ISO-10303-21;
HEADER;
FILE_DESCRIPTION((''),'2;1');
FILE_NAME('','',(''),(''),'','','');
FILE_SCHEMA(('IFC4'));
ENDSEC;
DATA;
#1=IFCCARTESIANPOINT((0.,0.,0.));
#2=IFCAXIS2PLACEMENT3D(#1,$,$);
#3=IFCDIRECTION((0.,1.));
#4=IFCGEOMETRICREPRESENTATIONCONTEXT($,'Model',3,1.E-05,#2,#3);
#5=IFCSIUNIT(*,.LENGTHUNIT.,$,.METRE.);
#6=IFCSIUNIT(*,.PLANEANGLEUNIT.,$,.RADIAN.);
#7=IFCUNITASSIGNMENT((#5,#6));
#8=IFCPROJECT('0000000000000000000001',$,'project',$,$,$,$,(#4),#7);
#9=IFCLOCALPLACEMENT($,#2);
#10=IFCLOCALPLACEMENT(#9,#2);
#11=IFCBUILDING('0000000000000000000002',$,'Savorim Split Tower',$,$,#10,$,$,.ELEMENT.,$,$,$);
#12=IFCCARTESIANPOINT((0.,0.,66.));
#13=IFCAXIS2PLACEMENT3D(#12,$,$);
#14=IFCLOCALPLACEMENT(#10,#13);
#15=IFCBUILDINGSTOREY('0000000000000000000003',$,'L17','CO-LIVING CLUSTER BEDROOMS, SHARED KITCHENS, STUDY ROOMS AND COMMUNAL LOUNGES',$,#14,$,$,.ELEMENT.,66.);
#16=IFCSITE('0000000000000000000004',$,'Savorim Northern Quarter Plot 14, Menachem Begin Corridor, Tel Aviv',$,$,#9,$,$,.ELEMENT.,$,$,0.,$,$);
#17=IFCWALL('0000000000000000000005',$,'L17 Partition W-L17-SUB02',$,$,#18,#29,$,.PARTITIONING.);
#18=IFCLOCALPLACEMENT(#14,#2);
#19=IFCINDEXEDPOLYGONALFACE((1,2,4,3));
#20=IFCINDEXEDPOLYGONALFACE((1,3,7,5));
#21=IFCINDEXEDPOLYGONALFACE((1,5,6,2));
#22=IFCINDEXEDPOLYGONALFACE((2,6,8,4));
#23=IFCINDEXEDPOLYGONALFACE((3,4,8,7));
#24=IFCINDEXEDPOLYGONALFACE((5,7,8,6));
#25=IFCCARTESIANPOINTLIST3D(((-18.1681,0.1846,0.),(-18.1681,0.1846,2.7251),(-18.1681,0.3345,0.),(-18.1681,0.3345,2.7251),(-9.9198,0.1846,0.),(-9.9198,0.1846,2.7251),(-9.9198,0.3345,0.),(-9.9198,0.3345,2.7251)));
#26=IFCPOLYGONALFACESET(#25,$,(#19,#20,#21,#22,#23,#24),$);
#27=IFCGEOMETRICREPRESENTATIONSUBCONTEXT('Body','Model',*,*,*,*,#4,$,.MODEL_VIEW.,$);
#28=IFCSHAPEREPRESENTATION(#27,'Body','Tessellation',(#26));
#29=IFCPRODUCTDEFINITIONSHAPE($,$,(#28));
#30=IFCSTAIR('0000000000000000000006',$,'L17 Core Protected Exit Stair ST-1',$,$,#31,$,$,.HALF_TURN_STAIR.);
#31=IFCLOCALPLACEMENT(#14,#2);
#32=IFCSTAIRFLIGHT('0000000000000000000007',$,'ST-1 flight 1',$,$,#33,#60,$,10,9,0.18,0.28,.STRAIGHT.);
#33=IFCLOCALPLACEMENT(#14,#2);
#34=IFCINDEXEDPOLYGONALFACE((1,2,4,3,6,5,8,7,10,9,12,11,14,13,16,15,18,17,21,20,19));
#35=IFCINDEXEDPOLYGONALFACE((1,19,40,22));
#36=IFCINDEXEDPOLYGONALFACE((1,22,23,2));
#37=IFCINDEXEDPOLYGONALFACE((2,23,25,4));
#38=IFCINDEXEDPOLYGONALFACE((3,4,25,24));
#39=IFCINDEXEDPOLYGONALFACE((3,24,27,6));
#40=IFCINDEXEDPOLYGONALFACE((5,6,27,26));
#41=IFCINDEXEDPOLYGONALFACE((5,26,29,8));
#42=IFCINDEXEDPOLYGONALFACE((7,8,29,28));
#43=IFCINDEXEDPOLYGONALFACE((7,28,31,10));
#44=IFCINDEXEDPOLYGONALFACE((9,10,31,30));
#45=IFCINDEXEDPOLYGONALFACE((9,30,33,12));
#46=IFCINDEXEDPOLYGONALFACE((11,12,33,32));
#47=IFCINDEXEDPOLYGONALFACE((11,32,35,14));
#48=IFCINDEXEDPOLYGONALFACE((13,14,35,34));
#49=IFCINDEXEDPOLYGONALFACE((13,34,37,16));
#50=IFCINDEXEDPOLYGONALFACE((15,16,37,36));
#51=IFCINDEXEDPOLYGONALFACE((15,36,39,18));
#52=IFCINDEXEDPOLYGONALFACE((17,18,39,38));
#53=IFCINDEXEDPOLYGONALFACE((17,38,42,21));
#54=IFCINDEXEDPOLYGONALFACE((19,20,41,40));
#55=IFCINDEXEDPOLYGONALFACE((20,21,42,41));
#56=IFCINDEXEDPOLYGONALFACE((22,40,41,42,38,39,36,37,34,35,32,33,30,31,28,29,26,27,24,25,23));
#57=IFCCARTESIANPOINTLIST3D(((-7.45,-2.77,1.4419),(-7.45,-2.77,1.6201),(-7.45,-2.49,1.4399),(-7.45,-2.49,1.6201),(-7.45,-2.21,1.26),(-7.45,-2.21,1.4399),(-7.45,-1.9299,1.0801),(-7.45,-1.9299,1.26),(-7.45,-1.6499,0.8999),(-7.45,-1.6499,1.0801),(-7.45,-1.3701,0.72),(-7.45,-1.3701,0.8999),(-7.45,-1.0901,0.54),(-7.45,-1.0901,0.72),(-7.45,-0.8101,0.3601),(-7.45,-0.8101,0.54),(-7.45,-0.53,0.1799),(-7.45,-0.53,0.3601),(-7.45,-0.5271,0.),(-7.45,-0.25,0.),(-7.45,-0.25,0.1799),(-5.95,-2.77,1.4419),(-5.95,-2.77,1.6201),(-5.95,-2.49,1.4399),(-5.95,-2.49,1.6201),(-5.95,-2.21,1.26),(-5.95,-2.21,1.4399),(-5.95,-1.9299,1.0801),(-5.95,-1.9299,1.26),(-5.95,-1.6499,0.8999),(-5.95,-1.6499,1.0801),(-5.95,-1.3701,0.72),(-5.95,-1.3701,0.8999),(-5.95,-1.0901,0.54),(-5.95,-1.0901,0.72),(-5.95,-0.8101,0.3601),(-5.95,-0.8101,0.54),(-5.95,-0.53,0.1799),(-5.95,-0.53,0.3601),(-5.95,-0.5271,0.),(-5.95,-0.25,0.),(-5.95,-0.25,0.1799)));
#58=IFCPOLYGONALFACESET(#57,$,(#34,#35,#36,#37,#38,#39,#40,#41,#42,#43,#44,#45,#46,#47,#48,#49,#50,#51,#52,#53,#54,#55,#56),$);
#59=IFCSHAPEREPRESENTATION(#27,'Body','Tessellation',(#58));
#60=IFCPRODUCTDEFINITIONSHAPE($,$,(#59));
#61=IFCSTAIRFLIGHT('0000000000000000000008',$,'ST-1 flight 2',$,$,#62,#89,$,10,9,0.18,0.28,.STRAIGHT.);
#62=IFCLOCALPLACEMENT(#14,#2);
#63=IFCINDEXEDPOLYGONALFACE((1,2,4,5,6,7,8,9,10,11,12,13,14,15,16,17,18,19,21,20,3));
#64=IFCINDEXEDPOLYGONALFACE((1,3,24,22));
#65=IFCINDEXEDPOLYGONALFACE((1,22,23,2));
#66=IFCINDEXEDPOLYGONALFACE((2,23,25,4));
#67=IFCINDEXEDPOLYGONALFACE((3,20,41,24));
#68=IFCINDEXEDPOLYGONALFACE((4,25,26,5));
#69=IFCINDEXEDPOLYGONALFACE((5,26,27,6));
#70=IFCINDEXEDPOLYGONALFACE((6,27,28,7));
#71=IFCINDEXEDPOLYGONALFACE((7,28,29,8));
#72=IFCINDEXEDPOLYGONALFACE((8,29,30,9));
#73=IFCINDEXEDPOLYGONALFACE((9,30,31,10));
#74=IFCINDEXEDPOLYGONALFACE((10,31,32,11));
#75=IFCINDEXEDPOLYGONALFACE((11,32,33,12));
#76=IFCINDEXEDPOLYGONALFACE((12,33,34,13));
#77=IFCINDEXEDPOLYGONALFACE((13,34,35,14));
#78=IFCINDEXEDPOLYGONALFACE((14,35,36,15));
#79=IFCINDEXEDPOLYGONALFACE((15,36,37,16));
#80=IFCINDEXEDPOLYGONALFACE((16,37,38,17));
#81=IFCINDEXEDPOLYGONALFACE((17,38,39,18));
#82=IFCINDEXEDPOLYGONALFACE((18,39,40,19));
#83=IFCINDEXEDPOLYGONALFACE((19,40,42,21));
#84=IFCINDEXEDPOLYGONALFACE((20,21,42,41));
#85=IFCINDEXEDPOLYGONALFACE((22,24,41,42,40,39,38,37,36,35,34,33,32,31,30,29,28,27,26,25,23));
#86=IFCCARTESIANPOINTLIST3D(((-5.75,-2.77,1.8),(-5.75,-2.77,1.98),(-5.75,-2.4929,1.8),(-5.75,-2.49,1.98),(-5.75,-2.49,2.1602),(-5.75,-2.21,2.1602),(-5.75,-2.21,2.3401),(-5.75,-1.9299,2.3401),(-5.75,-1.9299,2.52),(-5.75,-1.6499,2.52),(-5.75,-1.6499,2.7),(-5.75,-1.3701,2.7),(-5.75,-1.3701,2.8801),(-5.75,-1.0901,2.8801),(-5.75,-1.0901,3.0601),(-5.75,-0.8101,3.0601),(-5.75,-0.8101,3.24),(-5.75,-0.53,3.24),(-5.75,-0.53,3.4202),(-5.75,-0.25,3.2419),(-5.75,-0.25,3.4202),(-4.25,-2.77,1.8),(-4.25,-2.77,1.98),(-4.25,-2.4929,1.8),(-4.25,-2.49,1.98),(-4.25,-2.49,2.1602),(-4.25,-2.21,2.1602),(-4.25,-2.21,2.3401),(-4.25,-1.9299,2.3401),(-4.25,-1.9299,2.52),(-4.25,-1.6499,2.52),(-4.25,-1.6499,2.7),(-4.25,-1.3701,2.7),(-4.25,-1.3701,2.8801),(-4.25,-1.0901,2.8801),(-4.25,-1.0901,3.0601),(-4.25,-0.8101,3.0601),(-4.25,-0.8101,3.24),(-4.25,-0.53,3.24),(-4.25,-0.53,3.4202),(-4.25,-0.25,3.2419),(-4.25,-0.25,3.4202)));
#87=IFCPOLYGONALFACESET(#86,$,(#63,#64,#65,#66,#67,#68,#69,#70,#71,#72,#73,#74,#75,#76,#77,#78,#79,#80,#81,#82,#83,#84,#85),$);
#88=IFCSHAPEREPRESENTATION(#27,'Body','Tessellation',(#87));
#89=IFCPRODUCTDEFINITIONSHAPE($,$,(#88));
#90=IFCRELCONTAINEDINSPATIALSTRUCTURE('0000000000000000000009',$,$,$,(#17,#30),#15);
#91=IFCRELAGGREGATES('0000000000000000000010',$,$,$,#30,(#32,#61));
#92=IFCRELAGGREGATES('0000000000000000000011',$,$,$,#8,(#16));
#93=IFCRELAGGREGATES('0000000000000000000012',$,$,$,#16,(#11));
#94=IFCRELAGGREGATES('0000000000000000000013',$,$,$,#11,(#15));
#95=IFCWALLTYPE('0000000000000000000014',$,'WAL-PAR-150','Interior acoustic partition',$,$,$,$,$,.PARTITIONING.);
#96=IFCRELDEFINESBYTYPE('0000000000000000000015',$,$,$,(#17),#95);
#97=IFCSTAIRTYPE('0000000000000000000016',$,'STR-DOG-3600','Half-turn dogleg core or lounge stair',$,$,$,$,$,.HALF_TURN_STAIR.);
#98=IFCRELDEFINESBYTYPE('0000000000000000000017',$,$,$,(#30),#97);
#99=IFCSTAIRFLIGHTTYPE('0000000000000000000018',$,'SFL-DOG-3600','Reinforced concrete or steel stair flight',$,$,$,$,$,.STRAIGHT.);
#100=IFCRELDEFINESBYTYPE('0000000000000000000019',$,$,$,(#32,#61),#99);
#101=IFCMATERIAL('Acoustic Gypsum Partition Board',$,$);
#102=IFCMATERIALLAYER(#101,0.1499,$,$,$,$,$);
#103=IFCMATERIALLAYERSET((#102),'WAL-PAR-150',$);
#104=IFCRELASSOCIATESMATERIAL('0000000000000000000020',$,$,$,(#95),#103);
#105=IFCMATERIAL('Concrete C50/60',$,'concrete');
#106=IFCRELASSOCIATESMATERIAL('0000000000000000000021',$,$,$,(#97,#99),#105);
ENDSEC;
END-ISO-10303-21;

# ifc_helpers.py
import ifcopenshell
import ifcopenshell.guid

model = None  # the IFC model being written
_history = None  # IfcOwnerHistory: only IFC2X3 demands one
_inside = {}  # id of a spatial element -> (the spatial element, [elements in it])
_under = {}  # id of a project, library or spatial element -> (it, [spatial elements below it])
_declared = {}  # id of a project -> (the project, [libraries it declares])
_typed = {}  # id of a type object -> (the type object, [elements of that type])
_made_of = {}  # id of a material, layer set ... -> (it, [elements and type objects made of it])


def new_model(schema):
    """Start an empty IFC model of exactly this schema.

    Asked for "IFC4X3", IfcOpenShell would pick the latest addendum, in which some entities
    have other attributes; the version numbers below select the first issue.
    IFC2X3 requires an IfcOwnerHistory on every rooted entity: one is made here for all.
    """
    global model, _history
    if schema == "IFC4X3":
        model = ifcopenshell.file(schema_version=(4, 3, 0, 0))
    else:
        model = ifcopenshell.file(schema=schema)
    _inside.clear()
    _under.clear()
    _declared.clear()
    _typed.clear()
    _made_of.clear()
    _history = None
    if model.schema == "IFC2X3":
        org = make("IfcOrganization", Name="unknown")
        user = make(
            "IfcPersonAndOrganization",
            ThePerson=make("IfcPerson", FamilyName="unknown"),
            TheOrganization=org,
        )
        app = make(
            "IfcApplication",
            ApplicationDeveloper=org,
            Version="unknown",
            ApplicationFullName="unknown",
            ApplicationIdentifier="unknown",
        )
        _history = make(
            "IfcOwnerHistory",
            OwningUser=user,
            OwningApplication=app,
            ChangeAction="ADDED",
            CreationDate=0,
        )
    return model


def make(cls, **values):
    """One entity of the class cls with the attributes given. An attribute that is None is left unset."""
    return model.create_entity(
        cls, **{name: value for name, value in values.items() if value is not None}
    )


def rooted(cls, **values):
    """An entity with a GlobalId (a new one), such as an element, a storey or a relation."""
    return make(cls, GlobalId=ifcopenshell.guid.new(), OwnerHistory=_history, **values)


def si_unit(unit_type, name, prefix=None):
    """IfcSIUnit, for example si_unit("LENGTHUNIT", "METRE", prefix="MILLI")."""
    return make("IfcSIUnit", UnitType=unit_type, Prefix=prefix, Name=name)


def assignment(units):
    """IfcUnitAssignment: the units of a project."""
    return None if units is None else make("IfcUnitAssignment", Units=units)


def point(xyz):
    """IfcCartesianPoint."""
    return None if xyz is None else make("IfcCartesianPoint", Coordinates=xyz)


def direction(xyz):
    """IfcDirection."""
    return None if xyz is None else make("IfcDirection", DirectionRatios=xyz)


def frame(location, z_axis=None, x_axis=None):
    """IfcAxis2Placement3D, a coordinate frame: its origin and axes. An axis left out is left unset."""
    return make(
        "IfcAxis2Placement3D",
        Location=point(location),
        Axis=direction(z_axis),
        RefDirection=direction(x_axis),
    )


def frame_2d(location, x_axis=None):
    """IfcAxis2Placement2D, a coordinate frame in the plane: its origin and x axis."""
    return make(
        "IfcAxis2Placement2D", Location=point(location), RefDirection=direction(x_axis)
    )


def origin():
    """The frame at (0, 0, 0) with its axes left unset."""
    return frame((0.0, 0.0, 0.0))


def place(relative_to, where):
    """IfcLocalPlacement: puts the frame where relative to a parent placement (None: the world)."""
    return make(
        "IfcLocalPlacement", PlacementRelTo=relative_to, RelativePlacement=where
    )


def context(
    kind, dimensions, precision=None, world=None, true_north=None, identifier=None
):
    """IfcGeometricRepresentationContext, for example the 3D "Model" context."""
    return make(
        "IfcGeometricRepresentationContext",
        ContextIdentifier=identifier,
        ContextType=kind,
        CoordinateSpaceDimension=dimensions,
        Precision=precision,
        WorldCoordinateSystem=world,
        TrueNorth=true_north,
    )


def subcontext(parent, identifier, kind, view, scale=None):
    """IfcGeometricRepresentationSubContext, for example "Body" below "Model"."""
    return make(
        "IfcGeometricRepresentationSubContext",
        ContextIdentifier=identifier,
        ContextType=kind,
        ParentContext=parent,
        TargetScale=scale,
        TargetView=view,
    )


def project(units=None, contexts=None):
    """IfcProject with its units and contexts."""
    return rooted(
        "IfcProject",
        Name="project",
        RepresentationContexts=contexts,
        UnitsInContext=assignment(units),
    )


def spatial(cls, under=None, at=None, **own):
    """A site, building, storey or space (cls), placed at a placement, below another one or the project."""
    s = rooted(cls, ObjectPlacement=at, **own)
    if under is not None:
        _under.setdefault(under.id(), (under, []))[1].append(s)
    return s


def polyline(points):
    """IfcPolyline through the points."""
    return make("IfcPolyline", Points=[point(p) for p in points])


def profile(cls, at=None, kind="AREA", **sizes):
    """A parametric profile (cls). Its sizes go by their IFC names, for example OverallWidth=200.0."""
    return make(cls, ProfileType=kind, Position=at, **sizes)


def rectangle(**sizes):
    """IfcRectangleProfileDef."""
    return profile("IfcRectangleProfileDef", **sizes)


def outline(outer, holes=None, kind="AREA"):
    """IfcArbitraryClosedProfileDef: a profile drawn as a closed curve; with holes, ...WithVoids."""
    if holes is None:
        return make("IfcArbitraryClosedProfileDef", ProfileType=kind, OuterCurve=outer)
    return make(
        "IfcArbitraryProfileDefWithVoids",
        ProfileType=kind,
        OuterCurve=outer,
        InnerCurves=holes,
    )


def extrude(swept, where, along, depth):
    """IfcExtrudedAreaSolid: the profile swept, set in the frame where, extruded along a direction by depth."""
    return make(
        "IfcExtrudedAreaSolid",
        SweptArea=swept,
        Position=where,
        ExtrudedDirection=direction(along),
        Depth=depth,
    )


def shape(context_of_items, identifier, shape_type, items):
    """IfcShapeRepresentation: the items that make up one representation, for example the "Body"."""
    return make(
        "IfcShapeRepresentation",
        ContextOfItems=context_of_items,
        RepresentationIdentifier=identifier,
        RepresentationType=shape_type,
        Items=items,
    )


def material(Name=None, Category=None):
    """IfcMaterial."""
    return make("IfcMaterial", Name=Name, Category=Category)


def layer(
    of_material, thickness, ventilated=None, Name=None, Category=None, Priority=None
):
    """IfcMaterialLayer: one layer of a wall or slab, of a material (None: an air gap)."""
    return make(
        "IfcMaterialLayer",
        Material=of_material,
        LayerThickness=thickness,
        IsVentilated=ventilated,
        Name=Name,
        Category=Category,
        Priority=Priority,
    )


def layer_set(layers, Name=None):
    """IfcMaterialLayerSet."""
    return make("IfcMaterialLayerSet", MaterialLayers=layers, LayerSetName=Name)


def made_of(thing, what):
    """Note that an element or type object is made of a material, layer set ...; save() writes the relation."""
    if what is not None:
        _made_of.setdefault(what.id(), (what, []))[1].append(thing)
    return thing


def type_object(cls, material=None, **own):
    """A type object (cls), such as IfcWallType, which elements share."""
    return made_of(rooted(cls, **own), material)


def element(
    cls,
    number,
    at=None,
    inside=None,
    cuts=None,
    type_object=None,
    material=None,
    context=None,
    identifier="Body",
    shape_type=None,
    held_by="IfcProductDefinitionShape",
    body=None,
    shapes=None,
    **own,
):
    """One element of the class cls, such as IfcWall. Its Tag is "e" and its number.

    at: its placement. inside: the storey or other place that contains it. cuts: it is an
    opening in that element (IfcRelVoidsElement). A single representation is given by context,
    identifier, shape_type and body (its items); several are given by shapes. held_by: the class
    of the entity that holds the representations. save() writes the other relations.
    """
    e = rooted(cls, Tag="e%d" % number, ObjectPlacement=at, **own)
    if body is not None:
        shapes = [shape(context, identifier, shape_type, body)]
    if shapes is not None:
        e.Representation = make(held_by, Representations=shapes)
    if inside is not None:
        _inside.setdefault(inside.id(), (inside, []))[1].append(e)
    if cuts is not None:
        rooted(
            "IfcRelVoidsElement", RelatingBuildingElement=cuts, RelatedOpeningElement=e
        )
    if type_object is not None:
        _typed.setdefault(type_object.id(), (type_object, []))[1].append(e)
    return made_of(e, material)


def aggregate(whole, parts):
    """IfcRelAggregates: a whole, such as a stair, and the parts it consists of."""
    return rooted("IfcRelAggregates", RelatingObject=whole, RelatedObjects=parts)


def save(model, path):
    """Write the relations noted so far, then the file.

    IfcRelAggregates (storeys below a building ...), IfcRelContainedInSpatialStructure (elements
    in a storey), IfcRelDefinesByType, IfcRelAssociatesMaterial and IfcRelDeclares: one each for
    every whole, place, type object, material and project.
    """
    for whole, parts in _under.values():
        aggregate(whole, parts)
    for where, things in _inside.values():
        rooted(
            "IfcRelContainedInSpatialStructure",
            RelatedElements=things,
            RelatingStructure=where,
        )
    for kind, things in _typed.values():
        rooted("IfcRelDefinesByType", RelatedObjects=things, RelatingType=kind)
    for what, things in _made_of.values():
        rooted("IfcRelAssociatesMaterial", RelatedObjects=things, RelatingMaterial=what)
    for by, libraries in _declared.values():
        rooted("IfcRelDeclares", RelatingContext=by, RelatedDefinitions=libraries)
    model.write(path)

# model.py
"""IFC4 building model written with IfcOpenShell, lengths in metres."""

from ifc_helpers import new_model, si_unit, direction, frame, frame_2d, origin, place, context, subcontext, project, spatial, polyline, rectangle, outline, extrude, material, layer, layer_set, type_object, element, aggregate, save


model = new_model("IFC4")

# Units and contexts
model_context = context("Model", 3, precision=1e-05, world=origin(), true_north=direction((0.0, 1.0)))
body_context = subcontext(model_context, "Body", "Model", "MODEL_VIEW")
ifc_project = project(units=[si_unit("LENGTHUNIT", "METRE"), si_unit("PLANEANGLEUNIT", "RADIAN")], contexts=[model_context])

# Site, building, storey
site_placement = place(None, origin())
site = spatial("IfcSite", under=ifc_project, at=site_placement, Name="Savorim Northern Quarter Plot 14, Menachem Begin Corridor, Tel Aviv", CompositionType="ELEMENT", RefElevation=0.0)
building_placement = place(site_placement, origin())
building = spatial("IfcBuilding", under=site, at=building_placement, Name="Savorim Split Tower", CompositionType="ELEMENT")
storey_placement = place(building_placement, frame((0.0, 0.0, 66.0)))
storey = spatial("IfcBuildingStorey", under=building, at=storey_placement, Name="L17", Description="CO-LIVING CLUSTER BEDROOMS, SHARED KITCHENS, STUDY ROOMS AND COMMUNAL LOUNGES", CompositionType="ELEMENT", Elevation=66.0)

# Shared definitions
ifc_material_1 = material(Name="Concrete C50/60", Category="concrete")

# Wall
ifc_material_2 = material(Name="Acoustic Gypsum Partition Board")
ifc_layer_1 = layer(ifc_material_2, 0.1499)
ifc_layer_set_1 = layer_set([ifc_layer_1], Name="WAL-PAR-150")
wall_type_1 = type_object("IfcWallType", Name="WAL-PAR-150", Description="Interior acoustic partition", PredefinedType="PARTITIONING", material=ifc_layer_set_1)
wall_1_placement = place(storey_placement, frame((-9.9199, 0.2595, 0.0), z_axis=(0.0, 0.0, 1.0), x_axis=(-1.0, 0.0, 0.0)))
element("IfcWall", 1, at=wall_1_placement, inside=storey, type_object=wall_type_1, Name="L17 Partition W-L17-SUB02", PredefinedType="PARTITIONING", context=body_context, shape_type="SweptSolid", body=[
    extrude(rectangle(XDim=8.2483, YDim=0.1499, at=frame_2d((4.124, 0.0))), origin(), (0.0, 0.0, 1.0), 2.7251),
])

# Stair, stair flights
stair_type = type_object("IfcStairType", Name="STR-DOG-3600", Description="Half-turn dogleg core or lounge stair", PredefinedType="HALF_TURN_STAIR", material=ifc_material_1)
stair_placement = place(storey_placement, origin())
stair = element("IfcStair", 2, at=stair_placement, inside=storey, type_object=stair_type, Name="L17 Core Protected Exit Stair ST-1", PredefinedType="HALF_TURN_STAIR")
stair_flight_type = type_object("IfcStairFlightType", Name="SFL-DOG-3600", Description="Reinforced concrete or steel stair flight", PredefinedType="STRAIGHT", material=ifc_material_1)
stair_flight_1_placement = place(storey_placement, frame((-6.7, -0.25, 0.0), z_axis=(0.0, 0.0, 1.0), x_axis=(0.0, -1.0, 0.0)))
stair_flight_1 = element("IfcStairFlight", 3, at=stair_flight_1_placement, type_object=stair_flight_type, Name="ST-1 flight 1", NumberOfRisers=10, NumberOfTreads=9, PredefinedType="STRAIGHT", RiserHeight=0.18, TreadLength=0.28, context=body_context, shape_type="SweptSolid", body=[
    extrude(outline(polyline([(0.0, 0.0), (0.0, 0.1799), (0.28, 0.1799), (0.28, 0.3601), (0.5601, 0.3601), (0.5601, 0.54), (0.8401, 0.54), (0.8401, 0.72), (1.1201, 0.72), (1.1201, 0.8999), (1.3999, 0.8999), (1.3999, 1.0801), (1.6799, 1.0801), (1.6799, 1.26), (1.96, 1.26), (1.96, 1.4399), (2.24, 1.4399), (2.24, 1.6201), (2.52, 1.6201), (2.52, 1.8), (2.52, 1.4419), (0.2771, 0.0), (0.0, 0.0)])), frame((0.0, 0.75, 0.0), z_axis=(0.0, -1.0, 0.0), x_axis=(1.0, 0.0, 0.0)), (0.0, 0.0, 1.0), 1.5),
])
stair_flight_2_placement = place(storey_placement, frame((-5.0, -2.77, 1.8), z_axis=(0.0, 0.0, 1.0), x_axis=(0.0, 1.0, 0.0)))
stair_flight_2 = element("IfcStairFlight", 4, at=stair_flight_2_placement, type_object=stair_flight_type, Name="ST-1 flight 2", NumberOfRisers=10, NumberOfTreads=9, PredefinedType="STRAIGHT", RiserHeight=0.18, TreadLength=0.28, context=body_context, shape_type="SweptSolid", body=[
    extrude(outline(polyline([(0.0, 0.0), (0.0, 0.1799), (0.28, 0.1799), (0.28, 0.3601), (0.5601, 0.3601), (0.5601, 0.54), (0.8401, 0.54), (0.8401, 0.72), (1.1201, 0.72), (1.1201, 0.8999), (1.3999, 0.8999), (1.3999, 1.0801), (1.6799, 1.0801), (1.6799, 1.26), (1.96, 1.26), (1.96, 1.4399), (2.24, 1.4399), (2.24, 1.6201), (2.52, 1.6201), (2.52, 1.8), (2.52, 1.4419), (0.2771, 0.0), (0.0, 0.0)])), frame((0.0, 0.75, 0.0), z_axis=(0.0, -1.0, 0.0), x_axis=(1.0, 0.0, 0.0)), (0.0, 0.0, 1.0), 1.5),
])
aggregate(stair, [stair_flight_1, stair_flight_2])

save(model, "model.ifc")
